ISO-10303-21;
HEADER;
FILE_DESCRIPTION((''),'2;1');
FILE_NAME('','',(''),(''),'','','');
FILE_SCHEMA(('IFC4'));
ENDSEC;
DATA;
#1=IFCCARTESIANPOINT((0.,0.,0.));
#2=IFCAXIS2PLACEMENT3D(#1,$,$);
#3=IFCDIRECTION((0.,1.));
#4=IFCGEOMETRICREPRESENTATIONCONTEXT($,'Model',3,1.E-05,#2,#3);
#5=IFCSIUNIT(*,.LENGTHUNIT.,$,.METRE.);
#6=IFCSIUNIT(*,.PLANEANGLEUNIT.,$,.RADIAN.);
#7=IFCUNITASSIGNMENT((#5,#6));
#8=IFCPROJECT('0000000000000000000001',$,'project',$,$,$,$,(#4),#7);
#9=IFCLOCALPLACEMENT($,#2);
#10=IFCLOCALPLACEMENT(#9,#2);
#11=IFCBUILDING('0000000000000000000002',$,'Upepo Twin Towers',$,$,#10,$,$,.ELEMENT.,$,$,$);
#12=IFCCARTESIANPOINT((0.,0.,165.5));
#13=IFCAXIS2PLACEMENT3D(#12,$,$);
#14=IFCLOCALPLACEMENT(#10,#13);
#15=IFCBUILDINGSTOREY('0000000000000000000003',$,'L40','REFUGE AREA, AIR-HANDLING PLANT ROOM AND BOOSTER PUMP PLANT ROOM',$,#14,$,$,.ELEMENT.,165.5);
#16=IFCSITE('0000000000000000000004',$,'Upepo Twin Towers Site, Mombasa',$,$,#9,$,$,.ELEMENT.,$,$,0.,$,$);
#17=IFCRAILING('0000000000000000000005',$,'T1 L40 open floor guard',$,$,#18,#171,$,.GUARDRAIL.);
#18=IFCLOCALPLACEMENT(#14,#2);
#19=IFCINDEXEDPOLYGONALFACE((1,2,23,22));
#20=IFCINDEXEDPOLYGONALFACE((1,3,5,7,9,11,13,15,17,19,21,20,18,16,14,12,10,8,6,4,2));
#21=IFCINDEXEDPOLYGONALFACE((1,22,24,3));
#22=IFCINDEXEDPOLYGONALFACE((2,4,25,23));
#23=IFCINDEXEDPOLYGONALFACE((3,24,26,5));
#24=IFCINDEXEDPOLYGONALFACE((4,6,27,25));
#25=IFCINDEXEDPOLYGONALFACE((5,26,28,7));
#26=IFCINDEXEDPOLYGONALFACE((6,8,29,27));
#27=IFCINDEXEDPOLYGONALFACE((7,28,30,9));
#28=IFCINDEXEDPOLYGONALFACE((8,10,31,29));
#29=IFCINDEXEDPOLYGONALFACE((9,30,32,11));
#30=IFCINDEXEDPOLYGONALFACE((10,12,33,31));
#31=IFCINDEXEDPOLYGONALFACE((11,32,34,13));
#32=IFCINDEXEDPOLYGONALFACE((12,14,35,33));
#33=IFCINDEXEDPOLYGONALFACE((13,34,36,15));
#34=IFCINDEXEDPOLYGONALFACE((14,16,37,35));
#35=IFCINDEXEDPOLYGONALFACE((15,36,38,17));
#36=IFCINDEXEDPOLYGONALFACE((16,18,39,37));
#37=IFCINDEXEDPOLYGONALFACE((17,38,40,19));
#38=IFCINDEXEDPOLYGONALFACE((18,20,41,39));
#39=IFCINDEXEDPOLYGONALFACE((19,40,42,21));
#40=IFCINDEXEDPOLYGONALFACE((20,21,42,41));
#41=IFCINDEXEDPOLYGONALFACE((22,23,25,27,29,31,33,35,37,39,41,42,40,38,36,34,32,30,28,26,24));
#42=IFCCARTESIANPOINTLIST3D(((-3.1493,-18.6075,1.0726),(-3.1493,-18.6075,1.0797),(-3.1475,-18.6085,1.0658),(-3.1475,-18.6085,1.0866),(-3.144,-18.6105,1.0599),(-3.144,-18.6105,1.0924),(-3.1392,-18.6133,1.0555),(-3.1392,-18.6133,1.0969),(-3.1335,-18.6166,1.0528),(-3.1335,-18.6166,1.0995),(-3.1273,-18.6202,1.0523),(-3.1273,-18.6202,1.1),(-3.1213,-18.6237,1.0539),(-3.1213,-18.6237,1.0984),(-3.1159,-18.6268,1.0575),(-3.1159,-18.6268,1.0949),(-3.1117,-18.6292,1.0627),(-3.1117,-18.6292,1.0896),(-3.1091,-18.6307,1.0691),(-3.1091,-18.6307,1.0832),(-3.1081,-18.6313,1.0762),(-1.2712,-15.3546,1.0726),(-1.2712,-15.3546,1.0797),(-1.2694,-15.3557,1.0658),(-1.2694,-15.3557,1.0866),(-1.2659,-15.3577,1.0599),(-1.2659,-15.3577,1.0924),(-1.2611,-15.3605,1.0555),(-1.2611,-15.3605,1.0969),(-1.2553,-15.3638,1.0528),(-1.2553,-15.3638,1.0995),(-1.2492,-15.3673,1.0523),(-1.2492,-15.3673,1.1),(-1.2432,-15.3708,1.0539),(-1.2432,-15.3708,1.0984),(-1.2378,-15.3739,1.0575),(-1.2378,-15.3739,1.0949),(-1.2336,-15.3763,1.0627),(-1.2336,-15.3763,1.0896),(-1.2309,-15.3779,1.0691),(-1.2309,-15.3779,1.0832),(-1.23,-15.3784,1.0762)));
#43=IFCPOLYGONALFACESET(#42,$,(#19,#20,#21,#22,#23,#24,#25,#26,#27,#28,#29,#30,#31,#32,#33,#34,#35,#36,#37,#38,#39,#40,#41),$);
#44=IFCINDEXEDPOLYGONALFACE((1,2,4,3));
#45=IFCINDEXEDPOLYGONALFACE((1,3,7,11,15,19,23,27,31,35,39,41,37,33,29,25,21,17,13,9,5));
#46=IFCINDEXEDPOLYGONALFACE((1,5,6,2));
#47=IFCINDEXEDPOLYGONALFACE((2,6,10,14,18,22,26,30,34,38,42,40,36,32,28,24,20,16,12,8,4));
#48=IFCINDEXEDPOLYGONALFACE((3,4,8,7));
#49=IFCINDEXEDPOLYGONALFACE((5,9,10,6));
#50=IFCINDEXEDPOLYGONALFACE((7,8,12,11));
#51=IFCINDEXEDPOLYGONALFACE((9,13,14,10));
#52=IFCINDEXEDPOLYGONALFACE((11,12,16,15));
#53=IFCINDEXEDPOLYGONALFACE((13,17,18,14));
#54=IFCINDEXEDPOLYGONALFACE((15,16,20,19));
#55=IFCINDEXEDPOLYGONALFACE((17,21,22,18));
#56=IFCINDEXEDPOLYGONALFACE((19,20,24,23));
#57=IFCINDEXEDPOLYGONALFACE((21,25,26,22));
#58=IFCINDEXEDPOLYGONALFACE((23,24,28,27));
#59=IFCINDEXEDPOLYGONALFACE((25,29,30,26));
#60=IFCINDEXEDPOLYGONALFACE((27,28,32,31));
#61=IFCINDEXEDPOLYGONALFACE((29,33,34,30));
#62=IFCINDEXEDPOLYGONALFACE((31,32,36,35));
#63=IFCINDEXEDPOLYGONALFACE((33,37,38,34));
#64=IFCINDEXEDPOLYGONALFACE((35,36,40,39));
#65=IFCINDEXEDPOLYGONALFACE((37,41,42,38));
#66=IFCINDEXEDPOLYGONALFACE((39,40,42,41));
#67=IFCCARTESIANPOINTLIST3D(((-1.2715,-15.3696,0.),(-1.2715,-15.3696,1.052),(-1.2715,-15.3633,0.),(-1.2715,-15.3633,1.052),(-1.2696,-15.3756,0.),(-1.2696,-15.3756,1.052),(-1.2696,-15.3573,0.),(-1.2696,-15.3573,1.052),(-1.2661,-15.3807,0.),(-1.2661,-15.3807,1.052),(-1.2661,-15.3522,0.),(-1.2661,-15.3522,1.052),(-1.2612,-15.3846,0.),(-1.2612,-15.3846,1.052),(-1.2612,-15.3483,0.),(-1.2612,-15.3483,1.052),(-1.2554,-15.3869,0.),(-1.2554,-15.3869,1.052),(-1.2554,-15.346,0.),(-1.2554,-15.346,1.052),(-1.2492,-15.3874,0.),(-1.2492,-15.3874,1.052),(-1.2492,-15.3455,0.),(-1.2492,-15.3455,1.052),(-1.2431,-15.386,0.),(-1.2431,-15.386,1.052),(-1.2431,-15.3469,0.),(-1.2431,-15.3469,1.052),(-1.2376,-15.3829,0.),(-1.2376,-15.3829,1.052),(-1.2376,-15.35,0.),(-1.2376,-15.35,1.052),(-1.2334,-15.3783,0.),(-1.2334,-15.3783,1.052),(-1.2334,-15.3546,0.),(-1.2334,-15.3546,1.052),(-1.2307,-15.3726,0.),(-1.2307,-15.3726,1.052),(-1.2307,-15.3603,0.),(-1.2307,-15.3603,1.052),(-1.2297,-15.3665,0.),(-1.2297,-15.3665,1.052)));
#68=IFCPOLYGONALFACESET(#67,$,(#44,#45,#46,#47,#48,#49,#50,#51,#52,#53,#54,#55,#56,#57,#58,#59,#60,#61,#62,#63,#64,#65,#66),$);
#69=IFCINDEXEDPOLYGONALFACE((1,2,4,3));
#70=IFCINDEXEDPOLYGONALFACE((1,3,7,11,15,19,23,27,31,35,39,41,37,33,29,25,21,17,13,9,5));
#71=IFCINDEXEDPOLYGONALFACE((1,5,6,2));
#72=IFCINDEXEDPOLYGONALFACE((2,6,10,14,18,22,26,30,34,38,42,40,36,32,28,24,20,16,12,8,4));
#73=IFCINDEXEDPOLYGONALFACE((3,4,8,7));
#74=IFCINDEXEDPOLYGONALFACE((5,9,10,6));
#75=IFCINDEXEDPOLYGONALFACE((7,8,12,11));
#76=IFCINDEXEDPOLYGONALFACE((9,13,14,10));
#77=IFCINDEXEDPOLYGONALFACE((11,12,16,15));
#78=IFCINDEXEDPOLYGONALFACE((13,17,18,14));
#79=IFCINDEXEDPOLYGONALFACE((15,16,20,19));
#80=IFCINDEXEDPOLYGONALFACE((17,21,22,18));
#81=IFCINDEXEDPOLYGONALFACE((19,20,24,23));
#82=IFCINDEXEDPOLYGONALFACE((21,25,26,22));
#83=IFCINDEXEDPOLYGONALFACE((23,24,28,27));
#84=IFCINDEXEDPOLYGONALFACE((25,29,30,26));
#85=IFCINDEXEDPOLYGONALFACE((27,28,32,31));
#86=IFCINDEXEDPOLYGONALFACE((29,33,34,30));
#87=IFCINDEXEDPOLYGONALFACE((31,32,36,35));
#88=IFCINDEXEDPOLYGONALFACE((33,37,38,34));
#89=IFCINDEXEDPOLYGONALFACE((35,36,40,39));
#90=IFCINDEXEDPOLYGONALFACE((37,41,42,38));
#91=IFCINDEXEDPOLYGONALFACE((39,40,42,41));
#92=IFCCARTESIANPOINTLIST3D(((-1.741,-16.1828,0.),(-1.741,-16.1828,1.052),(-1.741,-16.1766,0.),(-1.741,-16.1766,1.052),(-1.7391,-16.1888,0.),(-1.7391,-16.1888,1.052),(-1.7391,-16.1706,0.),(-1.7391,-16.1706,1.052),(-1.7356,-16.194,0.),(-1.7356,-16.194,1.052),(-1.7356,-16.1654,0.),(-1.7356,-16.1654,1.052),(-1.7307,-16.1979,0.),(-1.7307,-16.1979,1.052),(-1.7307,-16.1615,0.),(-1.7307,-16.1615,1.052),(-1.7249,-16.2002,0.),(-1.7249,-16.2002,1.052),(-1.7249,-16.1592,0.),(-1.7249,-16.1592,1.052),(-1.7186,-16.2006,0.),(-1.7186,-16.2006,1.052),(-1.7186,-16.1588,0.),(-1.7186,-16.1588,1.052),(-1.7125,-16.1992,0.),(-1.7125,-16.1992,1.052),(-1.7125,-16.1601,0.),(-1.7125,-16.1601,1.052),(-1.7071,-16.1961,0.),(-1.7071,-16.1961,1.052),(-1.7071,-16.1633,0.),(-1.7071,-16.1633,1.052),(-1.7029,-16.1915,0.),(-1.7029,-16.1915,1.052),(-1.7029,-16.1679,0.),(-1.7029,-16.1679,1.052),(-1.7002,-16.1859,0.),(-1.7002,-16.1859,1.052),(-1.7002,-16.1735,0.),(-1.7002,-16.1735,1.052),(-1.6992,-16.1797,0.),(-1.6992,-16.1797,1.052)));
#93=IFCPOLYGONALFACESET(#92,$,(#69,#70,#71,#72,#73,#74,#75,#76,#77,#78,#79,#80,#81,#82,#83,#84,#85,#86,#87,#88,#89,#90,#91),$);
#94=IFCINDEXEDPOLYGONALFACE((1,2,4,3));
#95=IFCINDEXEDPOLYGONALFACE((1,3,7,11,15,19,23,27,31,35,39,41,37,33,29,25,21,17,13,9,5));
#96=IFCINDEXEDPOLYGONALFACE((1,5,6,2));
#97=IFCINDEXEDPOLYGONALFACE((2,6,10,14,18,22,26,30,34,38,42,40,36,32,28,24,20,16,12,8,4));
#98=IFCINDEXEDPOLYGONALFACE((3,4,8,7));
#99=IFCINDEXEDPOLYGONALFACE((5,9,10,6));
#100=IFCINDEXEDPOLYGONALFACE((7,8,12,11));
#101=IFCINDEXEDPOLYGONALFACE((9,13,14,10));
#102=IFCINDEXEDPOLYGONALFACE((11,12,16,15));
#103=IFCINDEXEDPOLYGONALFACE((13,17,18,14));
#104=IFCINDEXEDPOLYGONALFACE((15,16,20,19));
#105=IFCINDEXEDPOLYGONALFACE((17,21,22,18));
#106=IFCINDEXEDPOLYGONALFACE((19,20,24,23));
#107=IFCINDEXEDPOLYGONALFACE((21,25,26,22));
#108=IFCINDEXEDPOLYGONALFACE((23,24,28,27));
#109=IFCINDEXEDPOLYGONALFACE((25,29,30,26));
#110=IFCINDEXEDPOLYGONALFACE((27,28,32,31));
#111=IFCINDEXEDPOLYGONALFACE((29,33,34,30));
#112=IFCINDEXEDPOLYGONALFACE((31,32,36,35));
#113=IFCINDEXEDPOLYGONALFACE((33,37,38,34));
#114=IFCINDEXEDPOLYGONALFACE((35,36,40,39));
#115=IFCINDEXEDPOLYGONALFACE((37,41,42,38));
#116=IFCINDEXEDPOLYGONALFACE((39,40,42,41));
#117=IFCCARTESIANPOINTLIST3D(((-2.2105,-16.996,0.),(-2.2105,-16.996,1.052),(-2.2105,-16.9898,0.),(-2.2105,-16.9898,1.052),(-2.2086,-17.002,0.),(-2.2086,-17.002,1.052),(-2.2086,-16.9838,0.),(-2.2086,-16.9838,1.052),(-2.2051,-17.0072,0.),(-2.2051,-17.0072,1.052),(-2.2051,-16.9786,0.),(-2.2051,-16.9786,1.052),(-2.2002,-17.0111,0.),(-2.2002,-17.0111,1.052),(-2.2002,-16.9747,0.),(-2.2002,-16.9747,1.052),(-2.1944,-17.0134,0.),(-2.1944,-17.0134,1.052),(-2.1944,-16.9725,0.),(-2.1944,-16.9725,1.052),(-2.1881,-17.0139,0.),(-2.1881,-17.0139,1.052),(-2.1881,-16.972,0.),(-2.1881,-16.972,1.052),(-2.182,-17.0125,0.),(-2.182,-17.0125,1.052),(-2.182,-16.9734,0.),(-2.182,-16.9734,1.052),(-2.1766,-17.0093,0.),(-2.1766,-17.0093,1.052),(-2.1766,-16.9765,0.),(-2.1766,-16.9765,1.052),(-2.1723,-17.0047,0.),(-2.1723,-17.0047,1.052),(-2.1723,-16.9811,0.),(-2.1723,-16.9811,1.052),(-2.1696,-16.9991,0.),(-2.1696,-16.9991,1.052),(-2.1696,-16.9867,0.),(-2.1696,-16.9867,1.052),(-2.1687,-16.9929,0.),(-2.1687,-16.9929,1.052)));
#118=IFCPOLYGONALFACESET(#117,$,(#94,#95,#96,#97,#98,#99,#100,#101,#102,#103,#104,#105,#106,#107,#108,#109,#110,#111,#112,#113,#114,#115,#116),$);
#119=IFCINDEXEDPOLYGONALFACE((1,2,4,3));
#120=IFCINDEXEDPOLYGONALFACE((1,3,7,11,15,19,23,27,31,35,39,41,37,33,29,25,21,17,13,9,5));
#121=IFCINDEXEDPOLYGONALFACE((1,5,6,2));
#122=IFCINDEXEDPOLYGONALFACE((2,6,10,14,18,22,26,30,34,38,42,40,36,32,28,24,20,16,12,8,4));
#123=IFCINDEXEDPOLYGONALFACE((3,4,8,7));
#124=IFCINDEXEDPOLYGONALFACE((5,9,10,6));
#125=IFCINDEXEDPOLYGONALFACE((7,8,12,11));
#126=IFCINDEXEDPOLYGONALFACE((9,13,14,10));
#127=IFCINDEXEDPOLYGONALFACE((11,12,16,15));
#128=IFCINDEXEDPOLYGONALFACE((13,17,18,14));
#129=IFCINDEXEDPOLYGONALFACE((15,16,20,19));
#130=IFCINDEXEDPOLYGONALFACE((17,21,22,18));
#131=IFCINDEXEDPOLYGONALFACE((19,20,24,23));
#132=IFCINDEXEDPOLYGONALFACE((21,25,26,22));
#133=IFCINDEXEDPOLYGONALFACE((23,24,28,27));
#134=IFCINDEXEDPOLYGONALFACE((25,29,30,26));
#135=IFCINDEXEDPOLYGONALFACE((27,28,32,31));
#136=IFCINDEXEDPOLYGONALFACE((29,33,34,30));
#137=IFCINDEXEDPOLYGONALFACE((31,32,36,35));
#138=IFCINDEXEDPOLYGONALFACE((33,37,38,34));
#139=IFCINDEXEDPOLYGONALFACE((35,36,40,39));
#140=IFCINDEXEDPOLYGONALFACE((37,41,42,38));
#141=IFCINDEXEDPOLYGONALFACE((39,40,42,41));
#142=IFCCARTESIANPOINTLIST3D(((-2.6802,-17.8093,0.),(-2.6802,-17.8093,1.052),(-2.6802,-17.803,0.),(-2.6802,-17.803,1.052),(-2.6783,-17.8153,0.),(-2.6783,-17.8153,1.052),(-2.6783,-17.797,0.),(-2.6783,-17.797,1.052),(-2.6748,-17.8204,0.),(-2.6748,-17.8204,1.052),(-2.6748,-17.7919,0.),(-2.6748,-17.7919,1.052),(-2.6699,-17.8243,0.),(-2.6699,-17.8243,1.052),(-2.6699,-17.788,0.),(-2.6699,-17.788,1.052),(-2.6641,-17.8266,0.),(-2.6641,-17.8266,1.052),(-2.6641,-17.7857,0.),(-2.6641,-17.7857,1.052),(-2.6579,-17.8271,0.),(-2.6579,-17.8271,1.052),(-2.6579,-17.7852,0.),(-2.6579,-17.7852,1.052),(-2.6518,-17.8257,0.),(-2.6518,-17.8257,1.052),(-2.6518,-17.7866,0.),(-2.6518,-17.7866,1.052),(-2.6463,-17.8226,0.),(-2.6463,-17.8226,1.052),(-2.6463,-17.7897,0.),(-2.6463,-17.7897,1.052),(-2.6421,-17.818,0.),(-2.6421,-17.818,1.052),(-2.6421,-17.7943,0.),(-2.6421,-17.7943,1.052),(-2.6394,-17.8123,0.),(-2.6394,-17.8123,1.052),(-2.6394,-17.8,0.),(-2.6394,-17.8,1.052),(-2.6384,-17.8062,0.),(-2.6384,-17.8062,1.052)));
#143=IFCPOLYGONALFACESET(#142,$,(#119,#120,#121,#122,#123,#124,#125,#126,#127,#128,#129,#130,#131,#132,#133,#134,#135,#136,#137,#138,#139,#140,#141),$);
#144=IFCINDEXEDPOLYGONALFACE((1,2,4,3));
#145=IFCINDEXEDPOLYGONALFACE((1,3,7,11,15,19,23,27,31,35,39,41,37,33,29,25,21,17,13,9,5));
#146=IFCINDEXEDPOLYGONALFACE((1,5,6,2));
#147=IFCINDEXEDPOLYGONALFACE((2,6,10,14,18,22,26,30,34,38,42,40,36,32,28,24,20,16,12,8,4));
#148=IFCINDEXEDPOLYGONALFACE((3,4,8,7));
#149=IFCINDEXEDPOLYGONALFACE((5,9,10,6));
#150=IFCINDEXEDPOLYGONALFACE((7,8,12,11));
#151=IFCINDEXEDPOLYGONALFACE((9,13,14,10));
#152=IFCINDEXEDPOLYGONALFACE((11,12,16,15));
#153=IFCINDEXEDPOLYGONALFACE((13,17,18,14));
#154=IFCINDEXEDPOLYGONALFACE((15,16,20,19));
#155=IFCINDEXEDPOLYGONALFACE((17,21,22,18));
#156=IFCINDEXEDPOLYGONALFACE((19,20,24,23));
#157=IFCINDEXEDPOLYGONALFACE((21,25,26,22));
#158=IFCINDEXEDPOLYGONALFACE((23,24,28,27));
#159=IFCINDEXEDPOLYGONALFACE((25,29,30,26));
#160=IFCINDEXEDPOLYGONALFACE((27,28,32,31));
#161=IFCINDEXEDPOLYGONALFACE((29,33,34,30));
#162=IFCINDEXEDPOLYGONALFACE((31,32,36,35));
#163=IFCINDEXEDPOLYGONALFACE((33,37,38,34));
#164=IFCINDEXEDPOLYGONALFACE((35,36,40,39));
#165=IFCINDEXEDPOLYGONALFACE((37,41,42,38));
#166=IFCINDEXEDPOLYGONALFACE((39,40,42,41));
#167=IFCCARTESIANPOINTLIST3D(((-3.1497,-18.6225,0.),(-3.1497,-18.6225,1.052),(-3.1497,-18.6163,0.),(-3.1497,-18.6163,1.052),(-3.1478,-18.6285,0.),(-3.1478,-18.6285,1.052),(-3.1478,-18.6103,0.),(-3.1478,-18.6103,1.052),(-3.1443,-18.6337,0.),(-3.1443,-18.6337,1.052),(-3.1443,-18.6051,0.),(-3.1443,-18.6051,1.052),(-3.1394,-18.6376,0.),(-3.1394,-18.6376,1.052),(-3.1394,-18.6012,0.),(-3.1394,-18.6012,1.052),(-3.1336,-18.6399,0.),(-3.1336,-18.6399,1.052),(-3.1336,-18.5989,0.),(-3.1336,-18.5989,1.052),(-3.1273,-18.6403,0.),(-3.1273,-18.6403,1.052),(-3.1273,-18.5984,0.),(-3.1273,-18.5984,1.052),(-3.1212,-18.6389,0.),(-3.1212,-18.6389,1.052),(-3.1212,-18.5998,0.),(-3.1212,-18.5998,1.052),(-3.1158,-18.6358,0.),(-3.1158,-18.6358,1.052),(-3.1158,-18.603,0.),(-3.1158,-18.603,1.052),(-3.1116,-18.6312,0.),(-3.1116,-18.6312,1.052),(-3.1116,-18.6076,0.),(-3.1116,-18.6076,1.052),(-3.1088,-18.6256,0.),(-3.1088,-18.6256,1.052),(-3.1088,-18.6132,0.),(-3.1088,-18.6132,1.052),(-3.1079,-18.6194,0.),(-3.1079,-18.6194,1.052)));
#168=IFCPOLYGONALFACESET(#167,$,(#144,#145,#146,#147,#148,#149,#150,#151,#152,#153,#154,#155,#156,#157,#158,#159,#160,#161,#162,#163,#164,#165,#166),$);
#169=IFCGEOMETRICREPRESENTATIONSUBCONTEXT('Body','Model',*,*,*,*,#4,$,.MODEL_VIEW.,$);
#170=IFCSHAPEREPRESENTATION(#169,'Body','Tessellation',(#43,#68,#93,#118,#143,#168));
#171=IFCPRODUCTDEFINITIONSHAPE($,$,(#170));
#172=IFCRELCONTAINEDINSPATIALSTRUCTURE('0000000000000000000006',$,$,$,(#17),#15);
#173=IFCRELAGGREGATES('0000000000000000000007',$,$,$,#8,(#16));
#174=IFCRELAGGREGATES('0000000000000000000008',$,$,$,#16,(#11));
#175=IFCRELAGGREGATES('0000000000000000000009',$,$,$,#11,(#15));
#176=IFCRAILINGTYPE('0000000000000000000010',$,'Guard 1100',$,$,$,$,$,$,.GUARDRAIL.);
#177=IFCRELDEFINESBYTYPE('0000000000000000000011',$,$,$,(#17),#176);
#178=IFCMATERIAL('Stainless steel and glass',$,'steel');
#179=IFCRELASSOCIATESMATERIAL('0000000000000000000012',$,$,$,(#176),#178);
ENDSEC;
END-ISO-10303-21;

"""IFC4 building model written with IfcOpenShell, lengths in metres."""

from ifc_helpers import new_model, si_unit, direction, frame, origin, origin_2d, place, context, subcontext, project, spatial, circle, extrude, material, type_object, element, save


model = new_model("IFC4")

# Units and contexts
model_context = context("Model", 3, precision=1e-05, world=origin(), true_north=direction((0.0, 1.0)))
body_context = subcontext(model_context, "Body", "Model", "MODEL_VIEW")
ifc_project = project(units=[si_unit("LENGTHUNIT", "METRE"), si_unit("PLANEANGLEUNIT", "RADIAN")], contexts=[model_context])

# Site, building, storey
site_placement = place(None, origin())
site = spatial("IfcSite", under=ifc_project, at=site_placement, Name="Upepo Twin Towers Site, Mombasa", CompositionType="ELEMENT", RefElevation=0.0)
building_placement = place(site_placement, origin())
building = spatial("IfcBuilding", under=site, at=building_placement, Name="Upepo Twin Towers", CompositionType="ELEMENT")
storey_placement = place(building_placement, frame((0.0, 0.0, 165.5)))
storey = spatial("IfcBuildingStorey", under=building, at=storey_placement, Name="L40", Description="REFUGE AREA, AIR-HANDLING PLANT ROOM AND BOOSTER PUMP PLANT ROOM", CompositionType="ELEMENT", Elevation=165.5)

# Railing
ifc_material_1 = material(Name="Stainless steel and glass", Category="steel")
railing_type = type_object("IfcRailingType", Name="Guard 1100", PredefinedType="GUARDRAIL", material=ifc_material_1)
for number, where, name in (
    (1, (-1.2507, -15.3665, 0.0), "T1 L40 open floor guard"),
):
    element("IfcRailing", number, at=place(storey_placement, frame(where)), inside=storey, type_object=railing_type, Name=name, PredefinedType="GUARDRAIL", context=body_context, shape_type="SweptSolid", body=[
        extrude(circle(Radius=0.0239, at=origin_2d()), frame((0.0, 0.0, 1.0762), z_axis=(-0.500019, -0.866015, 0.0), x_axis=(0.866015, -0.500019, 0.0)), (0.0, 0.0, 1.0), 3.7561),
        extrude(circle(Radius=0.021, at=origin_2d()), origin(), (0.0, 0.0, 1.0), 1.052),
        extrude(circle(Radius=0.021, at=origin_2d()), frame((-0.4695, -0.8132, 0.0)), (0.0, 0.0, 1.0), 1.052),
        extrude(circle(Radius=0.021, at=origin_2d()), frame((-0.939, -1.6265, 0.0)), (0.0, 0.0, 1.0), 1.052),
        extrude(circle(Radius=0.021, at=origin_2d()), frame((-1.4087, -2.4397, 0.0)), (0.0, 0.0, 1.0), 1.052),
        extrude(circle(Radius=0.021, at=origin_2d()), frame((-1.8782, -3.2529, 0.0)), (0.0, 0.0, 1.0), 1.052),
    ])

save(model, "model.ifc")
